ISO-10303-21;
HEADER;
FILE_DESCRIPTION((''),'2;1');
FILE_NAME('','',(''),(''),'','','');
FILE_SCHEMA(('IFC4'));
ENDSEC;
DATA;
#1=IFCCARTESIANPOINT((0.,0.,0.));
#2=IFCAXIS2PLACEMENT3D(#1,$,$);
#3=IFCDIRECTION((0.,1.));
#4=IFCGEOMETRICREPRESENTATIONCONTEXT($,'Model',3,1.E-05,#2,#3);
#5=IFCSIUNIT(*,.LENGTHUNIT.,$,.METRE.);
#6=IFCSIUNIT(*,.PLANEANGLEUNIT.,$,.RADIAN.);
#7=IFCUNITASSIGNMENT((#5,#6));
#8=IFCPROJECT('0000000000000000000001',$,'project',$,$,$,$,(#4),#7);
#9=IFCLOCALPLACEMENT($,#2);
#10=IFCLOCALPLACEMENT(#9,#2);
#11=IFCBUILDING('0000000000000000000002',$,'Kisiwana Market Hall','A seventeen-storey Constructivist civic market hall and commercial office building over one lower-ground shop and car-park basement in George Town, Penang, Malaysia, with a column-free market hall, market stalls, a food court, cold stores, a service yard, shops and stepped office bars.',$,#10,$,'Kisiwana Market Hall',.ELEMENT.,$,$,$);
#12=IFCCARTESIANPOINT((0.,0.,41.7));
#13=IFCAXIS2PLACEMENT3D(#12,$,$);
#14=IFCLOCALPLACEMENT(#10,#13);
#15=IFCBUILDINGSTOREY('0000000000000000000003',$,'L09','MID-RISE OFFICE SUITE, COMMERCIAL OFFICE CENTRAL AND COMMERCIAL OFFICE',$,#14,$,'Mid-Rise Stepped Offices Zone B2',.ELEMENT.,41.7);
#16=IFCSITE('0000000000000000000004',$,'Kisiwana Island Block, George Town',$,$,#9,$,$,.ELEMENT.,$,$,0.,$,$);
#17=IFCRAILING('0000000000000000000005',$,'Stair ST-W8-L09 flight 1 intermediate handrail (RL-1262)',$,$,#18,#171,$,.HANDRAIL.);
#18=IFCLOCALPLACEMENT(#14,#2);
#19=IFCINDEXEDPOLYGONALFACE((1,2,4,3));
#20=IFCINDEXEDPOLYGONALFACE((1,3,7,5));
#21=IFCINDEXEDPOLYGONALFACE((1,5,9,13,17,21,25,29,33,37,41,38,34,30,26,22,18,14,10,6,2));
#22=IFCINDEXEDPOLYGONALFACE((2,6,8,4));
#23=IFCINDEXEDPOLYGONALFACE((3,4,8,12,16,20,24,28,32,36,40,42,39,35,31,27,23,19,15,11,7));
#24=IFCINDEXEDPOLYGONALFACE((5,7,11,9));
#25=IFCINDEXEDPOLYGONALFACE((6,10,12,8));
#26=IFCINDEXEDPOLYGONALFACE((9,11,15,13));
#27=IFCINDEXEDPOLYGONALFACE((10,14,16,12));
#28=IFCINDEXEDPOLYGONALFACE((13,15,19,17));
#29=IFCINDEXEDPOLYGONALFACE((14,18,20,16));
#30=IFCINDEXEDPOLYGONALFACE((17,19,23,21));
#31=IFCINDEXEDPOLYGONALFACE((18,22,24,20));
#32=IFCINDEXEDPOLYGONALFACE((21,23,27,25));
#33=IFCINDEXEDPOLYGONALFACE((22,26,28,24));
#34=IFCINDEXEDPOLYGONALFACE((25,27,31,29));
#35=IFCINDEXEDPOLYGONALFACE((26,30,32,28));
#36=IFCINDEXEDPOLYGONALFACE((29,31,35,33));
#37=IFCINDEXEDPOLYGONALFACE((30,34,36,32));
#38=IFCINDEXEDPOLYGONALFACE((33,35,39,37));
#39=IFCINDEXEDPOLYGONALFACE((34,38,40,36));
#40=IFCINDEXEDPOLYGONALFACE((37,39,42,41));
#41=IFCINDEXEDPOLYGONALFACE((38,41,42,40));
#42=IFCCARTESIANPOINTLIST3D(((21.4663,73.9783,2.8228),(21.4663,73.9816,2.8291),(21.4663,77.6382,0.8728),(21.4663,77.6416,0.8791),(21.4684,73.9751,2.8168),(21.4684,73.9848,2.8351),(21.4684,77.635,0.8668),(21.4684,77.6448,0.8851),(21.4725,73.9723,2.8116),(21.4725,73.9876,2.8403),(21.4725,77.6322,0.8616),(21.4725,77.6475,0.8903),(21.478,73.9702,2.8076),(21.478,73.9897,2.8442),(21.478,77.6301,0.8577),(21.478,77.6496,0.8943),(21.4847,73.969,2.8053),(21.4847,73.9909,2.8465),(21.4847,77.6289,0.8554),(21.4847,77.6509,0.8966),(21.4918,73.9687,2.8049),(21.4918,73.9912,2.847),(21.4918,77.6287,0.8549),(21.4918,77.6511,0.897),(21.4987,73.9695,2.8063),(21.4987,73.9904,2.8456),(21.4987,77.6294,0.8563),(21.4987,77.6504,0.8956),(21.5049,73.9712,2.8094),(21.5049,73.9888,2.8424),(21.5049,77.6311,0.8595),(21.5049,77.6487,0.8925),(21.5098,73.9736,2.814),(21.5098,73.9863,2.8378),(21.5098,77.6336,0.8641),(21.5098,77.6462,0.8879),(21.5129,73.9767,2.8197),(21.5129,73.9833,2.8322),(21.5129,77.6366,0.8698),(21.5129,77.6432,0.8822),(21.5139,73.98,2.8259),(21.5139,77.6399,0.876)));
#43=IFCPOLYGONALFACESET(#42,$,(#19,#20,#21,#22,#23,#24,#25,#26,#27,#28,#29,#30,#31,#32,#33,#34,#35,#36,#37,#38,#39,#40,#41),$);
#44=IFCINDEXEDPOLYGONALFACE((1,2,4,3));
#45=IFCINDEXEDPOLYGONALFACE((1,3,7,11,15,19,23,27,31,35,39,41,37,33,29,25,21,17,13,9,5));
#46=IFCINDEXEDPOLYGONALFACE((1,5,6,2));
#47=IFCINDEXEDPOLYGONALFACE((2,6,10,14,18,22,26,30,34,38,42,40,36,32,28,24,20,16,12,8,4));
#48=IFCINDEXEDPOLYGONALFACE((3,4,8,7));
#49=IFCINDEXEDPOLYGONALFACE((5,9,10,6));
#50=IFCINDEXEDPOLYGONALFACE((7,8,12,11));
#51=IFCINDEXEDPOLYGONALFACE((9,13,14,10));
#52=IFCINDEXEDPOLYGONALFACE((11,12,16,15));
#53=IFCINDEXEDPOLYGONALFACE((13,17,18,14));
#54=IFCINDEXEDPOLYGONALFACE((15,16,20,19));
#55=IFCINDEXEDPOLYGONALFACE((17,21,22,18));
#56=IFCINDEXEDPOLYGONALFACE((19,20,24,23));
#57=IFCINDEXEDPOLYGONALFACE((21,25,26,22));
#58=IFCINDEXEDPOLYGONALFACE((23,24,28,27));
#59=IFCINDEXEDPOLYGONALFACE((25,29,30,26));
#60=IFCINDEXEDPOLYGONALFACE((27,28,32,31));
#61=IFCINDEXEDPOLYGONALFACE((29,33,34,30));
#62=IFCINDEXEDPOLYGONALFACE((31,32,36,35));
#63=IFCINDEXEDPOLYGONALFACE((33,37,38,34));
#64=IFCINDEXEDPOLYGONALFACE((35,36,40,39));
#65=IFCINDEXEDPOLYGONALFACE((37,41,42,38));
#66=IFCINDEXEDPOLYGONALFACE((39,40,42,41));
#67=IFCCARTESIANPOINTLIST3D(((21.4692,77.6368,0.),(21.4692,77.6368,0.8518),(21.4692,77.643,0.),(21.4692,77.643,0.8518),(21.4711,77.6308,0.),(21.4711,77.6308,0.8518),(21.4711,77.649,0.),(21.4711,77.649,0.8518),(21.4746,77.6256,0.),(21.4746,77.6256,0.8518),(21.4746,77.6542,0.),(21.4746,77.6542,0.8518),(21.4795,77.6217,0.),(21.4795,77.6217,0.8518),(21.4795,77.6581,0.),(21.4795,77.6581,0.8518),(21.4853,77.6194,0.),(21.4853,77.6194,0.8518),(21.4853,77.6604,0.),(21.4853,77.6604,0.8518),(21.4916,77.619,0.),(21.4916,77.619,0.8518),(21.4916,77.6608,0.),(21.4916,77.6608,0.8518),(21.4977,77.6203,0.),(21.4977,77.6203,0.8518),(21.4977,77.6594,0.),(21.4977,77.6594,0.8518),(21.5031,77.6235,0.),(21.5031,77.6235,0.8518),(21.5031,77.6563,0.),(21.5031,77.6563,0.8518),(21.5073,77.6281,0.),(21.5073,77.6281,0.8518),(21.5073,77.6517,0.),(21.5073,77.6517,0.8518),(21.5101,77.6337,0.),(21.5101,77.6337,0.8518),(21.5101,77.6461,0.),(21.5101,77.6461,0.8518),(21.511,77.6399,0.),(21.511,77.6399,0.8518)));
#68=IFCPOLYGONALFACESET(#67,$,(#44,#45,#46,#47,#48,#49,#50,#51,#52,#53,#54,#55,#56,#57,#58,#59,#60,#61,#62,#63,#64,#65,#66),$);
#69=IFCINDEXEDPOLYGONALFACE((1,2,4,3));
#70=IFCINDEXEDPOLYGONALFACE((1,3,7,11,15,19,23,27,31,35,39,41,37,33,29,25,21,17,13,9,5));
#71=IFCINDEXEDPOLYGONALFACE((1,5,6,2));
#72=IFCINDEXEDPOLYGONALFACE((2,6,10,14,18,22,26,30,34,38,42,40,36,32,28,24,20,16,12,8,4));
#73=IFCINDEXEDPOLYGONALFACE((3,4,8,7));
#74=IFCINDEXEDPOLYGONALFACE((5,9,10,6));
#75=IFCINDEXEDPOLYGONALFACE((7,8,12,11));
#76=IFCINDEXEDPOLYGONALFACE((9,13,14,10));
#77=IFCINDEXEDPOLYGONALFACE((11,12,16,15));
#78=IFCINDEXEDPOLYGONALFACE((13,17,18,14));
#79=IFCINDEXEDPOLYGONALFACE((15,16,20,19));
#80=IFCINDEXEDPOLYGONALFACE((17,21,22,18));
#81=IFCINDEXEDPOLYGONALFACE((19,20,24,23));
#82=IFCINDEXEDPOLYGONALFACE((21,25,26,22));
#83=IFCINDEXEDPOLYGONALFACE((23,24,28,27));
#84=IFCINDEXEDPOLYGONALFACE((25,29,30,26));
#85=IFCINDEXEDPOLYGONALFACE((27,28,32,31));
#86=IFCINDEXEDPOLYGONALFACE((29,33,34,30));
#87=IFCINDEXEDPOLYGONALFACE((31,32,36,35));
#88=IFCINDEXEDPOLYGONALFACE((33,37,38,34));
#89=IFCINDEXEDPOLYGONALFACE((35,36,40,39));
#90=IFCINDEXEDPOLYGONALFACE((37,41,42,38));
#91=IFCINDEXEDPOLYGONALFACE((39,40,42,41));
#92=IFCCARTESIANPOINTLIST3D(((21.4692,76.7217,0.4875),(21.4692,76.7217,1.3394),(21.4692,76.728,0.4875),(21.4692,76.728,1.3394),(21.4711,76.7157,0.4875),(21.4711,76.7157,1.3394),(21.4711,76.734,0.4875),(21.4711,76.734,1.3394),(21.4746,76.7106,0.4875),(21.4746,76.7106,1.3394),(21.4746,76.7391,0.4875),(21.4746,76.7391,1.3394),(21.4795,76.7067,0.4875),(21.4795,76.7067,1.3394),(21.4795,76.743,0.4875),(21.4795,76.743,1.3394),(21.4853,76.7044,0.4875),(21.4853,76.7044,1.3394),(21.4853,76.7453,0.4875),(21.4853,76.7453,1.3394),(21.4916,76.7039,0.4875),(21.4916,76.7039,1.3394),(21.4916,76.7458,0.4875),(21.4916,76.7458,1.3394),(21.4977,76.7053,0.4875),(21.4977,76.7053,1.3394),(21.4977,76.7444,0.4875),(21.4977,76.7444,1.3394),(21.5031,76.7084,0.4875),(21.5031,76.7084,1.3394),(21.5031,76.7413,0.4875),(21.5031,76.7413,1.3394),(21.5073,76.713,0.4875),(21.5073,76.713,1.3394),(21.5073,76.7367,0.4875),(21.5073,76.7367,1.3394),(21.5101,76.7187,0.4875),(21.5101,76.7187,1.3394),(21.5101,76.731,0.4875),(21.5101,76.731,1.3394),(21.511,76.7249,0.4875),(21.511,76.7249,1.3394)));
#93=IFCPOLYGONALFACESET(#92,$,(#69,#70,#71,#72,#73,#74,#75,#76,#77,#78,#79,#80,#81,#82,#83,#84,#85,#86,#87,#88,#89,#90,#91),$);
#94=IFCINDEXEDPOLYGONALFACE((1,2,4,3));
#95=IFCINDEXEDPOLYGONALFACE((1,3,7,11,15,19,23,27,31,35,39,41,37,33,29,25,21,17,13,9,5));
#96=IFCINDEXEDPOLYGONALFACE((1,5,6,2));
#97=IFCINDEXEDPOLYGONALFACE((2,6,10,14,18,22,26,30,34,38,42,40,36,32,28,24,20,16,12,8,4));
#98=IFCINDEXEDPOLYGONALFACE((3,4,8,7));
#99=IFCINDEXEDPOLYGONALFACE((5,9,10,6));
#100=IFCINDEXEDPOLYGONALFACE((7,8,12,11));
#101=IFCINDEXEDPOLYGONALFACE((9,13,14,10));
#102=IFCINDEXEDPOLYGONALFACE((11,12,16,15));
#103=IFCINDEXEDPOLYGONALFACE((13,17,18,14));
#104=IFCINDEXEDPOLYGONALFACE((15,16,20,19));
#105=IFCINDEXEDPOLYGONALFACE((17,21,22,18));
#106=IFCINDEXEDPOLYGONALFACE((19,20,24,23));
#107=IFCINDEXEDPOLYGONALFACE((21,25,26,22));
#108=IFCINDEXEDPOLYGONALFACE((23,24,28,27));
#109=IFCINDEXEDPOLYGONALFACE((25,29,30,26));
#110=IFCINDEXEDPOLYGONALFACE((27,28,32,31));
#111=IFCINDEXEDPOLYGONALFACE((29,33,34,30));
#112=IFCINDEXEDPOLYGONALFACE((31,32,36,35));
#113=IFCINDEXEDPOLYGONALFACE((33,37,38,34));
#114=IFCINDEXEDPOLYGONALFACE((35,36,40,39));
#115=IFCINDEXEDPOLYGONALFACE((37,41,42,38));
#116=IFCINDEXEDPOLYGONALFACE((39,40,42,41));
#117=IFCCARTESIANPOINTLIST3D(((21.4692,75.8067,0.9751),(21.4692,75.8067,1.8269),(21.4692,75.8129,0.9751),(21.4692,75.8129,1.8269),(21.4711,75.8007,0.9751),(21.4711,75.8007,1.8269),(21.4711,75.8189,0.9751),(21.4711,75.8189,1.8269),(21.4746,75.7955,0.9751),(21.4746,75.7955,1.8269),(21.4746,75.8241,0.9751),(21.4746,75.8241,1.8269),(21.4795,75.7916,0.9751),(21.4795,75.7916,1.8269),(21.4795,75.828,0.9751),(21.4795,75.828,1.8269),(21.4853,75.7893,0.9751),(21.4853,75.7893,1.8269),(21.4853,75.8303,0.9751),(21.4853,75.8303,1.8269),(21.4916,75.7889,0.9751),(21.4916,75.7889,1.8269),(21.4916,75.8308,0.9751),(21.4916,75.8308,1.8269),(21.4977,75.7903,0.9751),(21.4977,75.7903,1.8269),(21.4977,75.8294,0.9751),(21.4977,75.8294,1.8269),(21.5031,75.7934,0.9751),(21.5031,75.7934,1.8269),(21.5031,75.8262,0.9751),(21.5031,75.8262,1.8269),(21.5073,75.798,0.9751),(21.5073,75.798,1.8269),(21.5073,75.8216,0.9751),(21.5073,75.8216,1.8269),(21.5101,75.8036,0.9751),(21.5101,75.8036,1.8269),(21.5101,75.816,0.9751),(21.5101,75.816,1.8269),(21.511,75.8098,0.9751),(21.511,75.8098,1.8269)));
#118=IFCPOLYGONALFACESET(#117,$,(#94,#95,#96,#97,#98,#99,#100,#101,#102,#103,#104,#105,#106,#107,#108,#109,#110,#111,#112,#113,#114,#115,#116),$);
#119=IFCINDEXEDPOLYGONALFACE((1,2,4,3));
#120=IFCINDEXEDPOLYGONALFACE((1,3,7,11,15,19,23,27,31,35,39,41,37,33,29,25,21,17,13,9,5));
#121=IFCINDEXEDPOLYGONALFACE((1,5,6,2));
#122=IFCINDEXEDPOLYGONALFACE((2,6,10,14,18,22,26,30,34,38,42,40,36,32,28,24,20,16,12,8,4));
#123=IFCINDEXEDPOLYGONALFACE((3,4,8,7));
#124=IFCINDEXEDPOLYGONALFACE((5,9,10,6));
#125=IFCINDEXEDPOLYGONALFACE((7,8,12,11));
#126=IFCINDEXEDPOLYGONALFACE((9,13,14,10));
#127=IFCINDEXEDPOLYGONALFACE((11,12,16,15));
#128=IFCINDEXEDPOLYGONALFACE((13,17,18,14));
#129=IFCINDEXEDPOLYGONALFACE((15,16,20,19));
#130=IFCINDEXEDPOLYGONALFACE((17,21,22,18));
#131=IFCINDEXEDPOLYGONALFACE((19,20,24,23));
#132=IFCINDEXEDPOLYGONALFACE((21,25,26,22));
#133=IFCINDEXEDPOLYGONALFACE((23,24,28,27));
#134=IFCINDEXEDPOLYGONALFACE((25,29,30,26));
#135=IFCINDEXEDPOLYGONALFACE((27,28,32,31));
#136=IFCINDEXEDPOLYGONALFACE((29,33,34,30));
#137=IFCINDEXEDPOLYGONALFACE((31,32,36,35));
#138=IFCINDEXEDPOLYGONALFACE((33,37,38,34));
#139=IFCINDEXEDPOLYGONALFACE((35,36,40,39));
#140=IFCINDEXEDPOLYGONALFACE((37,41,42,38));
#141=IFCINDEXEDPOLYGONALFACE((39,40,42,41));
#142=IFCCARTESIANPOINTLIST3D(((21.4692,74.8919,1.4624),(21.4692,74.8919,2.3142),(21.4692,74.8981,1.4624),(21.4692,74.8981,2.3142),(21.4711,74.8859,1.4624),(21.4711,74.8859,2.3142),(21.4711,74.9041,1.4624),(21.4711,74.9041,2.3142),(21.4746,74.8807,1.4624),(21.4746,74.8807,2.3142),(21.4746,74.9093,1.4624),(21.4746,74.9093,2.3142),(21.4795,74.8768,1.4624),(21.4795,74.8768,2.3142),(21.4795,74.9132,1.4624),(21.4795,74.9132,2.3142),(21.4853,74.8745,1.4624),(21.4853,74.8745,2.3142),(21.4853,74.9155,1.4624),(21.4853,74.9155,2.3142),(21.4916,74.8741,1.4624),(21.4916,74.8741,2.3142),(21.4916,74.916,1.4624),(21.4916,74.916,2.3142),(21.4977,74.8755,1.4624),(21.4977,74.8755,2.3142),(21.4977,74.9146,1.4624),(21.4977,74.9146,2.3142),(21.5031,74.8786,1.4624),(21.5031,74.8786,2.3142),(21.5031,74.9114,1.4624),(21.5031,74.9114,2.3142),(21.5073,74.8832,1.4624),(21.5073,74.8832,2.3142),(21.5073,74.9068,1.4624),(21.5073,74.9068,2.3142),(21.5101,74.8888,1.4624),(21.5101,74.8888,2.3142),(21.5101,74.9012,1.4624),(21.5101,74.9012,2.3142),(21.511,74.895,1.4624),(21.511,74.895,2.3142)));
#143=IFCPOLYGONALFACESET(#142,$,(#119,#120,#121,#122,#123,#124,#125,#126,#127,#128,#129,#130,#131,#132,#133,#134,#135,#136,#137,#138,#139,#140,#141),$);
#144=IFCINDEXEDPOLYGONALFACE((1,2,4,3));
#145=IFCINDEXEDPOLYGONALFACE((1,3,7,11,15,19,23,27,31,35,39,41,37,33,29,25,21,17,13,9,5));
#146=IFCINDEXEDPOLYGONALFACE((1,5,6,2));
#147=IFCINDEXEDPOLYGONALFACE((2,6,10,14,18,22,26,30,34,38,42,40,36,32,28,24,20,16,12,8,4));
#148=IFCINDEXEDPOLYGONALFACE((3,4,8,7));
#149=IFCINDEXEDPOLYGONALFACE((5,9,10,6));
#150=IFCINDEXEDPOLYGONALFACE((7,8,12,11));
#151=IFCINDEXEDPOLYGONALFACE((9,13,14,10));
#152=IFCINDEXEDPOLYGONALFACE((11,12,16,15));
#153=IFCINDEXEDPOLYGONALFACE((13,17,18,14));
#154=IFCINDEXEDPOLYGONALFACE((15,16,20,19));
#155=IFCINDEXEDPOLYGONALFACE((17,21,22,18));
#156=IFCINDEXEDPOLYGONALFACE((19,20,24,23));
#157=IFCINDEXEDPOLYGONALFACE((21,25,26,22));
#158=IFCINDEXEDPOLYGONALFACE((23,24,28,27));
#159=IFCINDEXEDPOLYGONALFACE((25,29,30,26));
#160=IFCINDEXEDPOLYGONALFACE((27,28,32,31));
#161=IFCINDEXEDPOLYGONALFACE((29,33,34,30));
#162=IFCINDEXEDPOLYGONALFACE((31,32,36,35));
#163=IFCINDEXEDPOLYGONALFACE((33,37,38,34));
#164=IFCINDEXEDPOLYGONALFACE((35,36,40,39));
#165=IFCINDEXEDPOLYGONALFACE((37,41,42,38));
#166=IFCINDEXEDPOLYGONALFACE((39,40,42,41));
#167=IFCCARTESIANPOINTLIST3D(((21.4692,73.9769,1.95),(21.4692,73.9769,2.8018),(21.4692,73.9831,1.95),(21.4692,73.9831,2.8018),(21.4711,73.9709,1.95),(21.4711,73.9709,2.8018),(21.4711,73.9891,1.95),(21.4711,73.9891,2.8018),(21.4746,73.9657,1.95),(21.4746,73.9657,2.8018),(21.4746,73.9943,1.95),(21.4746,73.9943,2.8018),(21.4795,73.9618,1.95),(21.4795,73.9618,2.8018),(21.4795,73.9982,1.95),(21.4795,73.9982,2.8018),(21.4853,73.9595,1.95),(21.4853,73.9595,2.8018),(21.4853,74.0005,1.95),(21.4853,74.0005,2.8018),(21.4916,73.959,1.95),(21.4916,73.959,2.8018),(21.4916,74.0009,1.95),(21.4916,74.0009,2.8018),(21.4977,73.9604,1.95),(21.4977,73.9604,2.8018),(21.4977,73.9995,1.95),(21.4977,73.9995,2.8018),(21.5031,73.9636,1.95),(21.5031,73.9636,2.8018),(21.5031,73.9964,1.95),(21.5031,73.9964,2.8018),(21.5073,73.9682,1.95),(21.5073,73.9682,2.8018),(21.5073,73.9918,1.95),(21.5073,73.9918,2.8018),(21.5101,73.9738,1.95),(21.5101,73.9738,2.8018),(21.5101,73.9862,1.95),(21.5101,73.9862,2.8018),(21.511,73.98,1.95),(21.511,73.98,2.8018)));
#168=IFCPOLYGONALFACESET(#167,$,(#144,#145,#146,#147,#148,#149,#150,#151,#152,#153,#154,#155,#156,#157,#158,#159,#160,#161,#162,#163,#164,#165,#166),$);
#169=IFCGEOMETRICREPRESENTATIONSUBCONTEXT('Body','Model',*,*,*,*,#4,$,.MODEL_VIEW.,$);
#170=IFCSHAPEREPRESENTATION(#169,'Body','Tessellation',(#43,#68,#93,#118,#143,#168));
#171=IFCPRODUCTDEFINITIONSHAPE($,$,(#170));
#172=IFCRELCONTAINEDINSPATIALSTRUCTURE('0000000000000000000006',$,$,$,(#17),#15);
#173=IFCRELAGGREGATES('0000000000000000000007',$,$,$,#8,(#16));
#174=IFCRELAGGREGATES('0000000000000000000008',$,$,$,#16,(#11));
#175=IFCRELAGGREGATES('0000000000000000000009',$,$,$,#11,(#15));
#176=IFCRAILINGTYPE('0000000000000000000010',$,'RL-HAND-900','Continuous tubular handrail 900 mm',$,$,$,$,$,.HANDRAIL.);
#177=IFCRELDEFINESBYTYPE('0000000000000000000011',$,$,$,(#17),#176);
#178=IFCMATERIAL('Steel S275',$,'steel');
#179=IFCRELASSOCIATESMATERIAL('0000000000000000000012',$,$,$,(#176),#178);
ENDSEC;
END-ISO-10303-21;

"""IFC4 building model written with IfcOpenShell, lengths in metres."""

from ifc_helpers import new_model, si_unit, direction, frame, origin, origin_2d, place, context, subcontext, project, spatial, circle, extrude, material, type_object, element, save


model = new_model("IFC4")

# Units and contexts
model_context = context("Model", 3, precision=1e-05, world=origin(), true_north=direction((0.0, 1.0)))
body_context = subcontext(model_context, "Body", "Model", "MODEL_VIEW")
ifc_project = project(units=[si_unit("LENGTHUNIT", "METRE"), si_unit("PLANEANGLEUNIT", "RADIAN")], contexts=[model_context])

# Site, building, storey
site_placement = place(None, origin())
site = spatial("IfcSite", under=ifc_project, at=site_placement, Name="Kisiwana Island Block, George Town", CompositionType="ELEMENT", RefElevation=0.0)
building_placement = place(site_placement, origin())
building = spatial("IfcBuilding", under=site, at=building_placement, Name="Kisiwana Market Hall", Description="A seventeen-storey Constructivist civic market hall and commercial office building over one lower-ground shop and car-park basement in George Town, Penang, Malaysia, with a column-free market hall, market stalls, a food court, cold stores, a service yard, shops and stepped office bars.", LongName="Kisiwana Market Hall", CompositionType="ELEMENT")
storey_placement = place(building_placement, frame((0.0, 0.0, 41.7)))
storey = spatial("IfcBuildingStorey", under=building, at=storey_placement, Name="L09", Description="MID-RISE OFFICE SUITE, COMMERCIAL OFFICE CENTRAL AND COMMERCIAL OFFICE", LongName="Mid-Rise Stepped Offices Zone B2", CompositionType="ELEMENT", Elevation=41.7)

# Railing
ifc_material_1 = material(Name="Steel S275", Category="steel")
railing_type_1 = type_object("IfcRailingType", Name="RL-HAND-900", Description="Continuous tubular handrail 900 mm", PredefinedType="HANDRAIL", material=ifc_material_1)
railing_1_placement = place(storey_placement, frame((21.49, 77.6399, 0.0)))
element("IfcRailing", 1, at=railing_1_placement, inside=storey, type_object=railing_type_1, Name="Stair ST-W8-L09 flight 1 intermediate handrail (RL-1262)", PredefinedType="HANDRAIL", context=body_context, shape_type="SweptSolid", body=[
    extrude(circle(Radius=0.0239, at=origin_2d()), frame((0.0, 0.0, 0.876), z_axis=(0.0, -0.882553, 0.470212), x_axis=(1.0, 0.0, 0.0)), (0.0, 0.0, 1.0), 4.147),
    extrude(circle(Radius=0.021, at=origin_2d()), origin(), (0.0, 0.0, 1.0), 0.8518),
    extrude(circle(Radius=0.021, at=origin_2d()), frame((0.0, -0.915, 0.4875)), (0.0, 0.0, 1.0), 0.8518),
    extrude(circle(Radius=0.021, at=origin_2d()), frame((0.0, -1.8301, 0.9751)), (0.0, 0.0, 1.0), 0.8518),
    extrude(circle(Radius=0.021, at=origin_2d()), frame((0.0, -2.7449, 1.4624)), (0.0, 0.0, 1.0), 0.8518),
    extrude(circle(Radius=0.021, at=origin_2d()), frame((0.0, -3.6599, 1.95)), (0.0, 0.0, 1.0), 0.8518),
])

save(model, "model.ifc")
